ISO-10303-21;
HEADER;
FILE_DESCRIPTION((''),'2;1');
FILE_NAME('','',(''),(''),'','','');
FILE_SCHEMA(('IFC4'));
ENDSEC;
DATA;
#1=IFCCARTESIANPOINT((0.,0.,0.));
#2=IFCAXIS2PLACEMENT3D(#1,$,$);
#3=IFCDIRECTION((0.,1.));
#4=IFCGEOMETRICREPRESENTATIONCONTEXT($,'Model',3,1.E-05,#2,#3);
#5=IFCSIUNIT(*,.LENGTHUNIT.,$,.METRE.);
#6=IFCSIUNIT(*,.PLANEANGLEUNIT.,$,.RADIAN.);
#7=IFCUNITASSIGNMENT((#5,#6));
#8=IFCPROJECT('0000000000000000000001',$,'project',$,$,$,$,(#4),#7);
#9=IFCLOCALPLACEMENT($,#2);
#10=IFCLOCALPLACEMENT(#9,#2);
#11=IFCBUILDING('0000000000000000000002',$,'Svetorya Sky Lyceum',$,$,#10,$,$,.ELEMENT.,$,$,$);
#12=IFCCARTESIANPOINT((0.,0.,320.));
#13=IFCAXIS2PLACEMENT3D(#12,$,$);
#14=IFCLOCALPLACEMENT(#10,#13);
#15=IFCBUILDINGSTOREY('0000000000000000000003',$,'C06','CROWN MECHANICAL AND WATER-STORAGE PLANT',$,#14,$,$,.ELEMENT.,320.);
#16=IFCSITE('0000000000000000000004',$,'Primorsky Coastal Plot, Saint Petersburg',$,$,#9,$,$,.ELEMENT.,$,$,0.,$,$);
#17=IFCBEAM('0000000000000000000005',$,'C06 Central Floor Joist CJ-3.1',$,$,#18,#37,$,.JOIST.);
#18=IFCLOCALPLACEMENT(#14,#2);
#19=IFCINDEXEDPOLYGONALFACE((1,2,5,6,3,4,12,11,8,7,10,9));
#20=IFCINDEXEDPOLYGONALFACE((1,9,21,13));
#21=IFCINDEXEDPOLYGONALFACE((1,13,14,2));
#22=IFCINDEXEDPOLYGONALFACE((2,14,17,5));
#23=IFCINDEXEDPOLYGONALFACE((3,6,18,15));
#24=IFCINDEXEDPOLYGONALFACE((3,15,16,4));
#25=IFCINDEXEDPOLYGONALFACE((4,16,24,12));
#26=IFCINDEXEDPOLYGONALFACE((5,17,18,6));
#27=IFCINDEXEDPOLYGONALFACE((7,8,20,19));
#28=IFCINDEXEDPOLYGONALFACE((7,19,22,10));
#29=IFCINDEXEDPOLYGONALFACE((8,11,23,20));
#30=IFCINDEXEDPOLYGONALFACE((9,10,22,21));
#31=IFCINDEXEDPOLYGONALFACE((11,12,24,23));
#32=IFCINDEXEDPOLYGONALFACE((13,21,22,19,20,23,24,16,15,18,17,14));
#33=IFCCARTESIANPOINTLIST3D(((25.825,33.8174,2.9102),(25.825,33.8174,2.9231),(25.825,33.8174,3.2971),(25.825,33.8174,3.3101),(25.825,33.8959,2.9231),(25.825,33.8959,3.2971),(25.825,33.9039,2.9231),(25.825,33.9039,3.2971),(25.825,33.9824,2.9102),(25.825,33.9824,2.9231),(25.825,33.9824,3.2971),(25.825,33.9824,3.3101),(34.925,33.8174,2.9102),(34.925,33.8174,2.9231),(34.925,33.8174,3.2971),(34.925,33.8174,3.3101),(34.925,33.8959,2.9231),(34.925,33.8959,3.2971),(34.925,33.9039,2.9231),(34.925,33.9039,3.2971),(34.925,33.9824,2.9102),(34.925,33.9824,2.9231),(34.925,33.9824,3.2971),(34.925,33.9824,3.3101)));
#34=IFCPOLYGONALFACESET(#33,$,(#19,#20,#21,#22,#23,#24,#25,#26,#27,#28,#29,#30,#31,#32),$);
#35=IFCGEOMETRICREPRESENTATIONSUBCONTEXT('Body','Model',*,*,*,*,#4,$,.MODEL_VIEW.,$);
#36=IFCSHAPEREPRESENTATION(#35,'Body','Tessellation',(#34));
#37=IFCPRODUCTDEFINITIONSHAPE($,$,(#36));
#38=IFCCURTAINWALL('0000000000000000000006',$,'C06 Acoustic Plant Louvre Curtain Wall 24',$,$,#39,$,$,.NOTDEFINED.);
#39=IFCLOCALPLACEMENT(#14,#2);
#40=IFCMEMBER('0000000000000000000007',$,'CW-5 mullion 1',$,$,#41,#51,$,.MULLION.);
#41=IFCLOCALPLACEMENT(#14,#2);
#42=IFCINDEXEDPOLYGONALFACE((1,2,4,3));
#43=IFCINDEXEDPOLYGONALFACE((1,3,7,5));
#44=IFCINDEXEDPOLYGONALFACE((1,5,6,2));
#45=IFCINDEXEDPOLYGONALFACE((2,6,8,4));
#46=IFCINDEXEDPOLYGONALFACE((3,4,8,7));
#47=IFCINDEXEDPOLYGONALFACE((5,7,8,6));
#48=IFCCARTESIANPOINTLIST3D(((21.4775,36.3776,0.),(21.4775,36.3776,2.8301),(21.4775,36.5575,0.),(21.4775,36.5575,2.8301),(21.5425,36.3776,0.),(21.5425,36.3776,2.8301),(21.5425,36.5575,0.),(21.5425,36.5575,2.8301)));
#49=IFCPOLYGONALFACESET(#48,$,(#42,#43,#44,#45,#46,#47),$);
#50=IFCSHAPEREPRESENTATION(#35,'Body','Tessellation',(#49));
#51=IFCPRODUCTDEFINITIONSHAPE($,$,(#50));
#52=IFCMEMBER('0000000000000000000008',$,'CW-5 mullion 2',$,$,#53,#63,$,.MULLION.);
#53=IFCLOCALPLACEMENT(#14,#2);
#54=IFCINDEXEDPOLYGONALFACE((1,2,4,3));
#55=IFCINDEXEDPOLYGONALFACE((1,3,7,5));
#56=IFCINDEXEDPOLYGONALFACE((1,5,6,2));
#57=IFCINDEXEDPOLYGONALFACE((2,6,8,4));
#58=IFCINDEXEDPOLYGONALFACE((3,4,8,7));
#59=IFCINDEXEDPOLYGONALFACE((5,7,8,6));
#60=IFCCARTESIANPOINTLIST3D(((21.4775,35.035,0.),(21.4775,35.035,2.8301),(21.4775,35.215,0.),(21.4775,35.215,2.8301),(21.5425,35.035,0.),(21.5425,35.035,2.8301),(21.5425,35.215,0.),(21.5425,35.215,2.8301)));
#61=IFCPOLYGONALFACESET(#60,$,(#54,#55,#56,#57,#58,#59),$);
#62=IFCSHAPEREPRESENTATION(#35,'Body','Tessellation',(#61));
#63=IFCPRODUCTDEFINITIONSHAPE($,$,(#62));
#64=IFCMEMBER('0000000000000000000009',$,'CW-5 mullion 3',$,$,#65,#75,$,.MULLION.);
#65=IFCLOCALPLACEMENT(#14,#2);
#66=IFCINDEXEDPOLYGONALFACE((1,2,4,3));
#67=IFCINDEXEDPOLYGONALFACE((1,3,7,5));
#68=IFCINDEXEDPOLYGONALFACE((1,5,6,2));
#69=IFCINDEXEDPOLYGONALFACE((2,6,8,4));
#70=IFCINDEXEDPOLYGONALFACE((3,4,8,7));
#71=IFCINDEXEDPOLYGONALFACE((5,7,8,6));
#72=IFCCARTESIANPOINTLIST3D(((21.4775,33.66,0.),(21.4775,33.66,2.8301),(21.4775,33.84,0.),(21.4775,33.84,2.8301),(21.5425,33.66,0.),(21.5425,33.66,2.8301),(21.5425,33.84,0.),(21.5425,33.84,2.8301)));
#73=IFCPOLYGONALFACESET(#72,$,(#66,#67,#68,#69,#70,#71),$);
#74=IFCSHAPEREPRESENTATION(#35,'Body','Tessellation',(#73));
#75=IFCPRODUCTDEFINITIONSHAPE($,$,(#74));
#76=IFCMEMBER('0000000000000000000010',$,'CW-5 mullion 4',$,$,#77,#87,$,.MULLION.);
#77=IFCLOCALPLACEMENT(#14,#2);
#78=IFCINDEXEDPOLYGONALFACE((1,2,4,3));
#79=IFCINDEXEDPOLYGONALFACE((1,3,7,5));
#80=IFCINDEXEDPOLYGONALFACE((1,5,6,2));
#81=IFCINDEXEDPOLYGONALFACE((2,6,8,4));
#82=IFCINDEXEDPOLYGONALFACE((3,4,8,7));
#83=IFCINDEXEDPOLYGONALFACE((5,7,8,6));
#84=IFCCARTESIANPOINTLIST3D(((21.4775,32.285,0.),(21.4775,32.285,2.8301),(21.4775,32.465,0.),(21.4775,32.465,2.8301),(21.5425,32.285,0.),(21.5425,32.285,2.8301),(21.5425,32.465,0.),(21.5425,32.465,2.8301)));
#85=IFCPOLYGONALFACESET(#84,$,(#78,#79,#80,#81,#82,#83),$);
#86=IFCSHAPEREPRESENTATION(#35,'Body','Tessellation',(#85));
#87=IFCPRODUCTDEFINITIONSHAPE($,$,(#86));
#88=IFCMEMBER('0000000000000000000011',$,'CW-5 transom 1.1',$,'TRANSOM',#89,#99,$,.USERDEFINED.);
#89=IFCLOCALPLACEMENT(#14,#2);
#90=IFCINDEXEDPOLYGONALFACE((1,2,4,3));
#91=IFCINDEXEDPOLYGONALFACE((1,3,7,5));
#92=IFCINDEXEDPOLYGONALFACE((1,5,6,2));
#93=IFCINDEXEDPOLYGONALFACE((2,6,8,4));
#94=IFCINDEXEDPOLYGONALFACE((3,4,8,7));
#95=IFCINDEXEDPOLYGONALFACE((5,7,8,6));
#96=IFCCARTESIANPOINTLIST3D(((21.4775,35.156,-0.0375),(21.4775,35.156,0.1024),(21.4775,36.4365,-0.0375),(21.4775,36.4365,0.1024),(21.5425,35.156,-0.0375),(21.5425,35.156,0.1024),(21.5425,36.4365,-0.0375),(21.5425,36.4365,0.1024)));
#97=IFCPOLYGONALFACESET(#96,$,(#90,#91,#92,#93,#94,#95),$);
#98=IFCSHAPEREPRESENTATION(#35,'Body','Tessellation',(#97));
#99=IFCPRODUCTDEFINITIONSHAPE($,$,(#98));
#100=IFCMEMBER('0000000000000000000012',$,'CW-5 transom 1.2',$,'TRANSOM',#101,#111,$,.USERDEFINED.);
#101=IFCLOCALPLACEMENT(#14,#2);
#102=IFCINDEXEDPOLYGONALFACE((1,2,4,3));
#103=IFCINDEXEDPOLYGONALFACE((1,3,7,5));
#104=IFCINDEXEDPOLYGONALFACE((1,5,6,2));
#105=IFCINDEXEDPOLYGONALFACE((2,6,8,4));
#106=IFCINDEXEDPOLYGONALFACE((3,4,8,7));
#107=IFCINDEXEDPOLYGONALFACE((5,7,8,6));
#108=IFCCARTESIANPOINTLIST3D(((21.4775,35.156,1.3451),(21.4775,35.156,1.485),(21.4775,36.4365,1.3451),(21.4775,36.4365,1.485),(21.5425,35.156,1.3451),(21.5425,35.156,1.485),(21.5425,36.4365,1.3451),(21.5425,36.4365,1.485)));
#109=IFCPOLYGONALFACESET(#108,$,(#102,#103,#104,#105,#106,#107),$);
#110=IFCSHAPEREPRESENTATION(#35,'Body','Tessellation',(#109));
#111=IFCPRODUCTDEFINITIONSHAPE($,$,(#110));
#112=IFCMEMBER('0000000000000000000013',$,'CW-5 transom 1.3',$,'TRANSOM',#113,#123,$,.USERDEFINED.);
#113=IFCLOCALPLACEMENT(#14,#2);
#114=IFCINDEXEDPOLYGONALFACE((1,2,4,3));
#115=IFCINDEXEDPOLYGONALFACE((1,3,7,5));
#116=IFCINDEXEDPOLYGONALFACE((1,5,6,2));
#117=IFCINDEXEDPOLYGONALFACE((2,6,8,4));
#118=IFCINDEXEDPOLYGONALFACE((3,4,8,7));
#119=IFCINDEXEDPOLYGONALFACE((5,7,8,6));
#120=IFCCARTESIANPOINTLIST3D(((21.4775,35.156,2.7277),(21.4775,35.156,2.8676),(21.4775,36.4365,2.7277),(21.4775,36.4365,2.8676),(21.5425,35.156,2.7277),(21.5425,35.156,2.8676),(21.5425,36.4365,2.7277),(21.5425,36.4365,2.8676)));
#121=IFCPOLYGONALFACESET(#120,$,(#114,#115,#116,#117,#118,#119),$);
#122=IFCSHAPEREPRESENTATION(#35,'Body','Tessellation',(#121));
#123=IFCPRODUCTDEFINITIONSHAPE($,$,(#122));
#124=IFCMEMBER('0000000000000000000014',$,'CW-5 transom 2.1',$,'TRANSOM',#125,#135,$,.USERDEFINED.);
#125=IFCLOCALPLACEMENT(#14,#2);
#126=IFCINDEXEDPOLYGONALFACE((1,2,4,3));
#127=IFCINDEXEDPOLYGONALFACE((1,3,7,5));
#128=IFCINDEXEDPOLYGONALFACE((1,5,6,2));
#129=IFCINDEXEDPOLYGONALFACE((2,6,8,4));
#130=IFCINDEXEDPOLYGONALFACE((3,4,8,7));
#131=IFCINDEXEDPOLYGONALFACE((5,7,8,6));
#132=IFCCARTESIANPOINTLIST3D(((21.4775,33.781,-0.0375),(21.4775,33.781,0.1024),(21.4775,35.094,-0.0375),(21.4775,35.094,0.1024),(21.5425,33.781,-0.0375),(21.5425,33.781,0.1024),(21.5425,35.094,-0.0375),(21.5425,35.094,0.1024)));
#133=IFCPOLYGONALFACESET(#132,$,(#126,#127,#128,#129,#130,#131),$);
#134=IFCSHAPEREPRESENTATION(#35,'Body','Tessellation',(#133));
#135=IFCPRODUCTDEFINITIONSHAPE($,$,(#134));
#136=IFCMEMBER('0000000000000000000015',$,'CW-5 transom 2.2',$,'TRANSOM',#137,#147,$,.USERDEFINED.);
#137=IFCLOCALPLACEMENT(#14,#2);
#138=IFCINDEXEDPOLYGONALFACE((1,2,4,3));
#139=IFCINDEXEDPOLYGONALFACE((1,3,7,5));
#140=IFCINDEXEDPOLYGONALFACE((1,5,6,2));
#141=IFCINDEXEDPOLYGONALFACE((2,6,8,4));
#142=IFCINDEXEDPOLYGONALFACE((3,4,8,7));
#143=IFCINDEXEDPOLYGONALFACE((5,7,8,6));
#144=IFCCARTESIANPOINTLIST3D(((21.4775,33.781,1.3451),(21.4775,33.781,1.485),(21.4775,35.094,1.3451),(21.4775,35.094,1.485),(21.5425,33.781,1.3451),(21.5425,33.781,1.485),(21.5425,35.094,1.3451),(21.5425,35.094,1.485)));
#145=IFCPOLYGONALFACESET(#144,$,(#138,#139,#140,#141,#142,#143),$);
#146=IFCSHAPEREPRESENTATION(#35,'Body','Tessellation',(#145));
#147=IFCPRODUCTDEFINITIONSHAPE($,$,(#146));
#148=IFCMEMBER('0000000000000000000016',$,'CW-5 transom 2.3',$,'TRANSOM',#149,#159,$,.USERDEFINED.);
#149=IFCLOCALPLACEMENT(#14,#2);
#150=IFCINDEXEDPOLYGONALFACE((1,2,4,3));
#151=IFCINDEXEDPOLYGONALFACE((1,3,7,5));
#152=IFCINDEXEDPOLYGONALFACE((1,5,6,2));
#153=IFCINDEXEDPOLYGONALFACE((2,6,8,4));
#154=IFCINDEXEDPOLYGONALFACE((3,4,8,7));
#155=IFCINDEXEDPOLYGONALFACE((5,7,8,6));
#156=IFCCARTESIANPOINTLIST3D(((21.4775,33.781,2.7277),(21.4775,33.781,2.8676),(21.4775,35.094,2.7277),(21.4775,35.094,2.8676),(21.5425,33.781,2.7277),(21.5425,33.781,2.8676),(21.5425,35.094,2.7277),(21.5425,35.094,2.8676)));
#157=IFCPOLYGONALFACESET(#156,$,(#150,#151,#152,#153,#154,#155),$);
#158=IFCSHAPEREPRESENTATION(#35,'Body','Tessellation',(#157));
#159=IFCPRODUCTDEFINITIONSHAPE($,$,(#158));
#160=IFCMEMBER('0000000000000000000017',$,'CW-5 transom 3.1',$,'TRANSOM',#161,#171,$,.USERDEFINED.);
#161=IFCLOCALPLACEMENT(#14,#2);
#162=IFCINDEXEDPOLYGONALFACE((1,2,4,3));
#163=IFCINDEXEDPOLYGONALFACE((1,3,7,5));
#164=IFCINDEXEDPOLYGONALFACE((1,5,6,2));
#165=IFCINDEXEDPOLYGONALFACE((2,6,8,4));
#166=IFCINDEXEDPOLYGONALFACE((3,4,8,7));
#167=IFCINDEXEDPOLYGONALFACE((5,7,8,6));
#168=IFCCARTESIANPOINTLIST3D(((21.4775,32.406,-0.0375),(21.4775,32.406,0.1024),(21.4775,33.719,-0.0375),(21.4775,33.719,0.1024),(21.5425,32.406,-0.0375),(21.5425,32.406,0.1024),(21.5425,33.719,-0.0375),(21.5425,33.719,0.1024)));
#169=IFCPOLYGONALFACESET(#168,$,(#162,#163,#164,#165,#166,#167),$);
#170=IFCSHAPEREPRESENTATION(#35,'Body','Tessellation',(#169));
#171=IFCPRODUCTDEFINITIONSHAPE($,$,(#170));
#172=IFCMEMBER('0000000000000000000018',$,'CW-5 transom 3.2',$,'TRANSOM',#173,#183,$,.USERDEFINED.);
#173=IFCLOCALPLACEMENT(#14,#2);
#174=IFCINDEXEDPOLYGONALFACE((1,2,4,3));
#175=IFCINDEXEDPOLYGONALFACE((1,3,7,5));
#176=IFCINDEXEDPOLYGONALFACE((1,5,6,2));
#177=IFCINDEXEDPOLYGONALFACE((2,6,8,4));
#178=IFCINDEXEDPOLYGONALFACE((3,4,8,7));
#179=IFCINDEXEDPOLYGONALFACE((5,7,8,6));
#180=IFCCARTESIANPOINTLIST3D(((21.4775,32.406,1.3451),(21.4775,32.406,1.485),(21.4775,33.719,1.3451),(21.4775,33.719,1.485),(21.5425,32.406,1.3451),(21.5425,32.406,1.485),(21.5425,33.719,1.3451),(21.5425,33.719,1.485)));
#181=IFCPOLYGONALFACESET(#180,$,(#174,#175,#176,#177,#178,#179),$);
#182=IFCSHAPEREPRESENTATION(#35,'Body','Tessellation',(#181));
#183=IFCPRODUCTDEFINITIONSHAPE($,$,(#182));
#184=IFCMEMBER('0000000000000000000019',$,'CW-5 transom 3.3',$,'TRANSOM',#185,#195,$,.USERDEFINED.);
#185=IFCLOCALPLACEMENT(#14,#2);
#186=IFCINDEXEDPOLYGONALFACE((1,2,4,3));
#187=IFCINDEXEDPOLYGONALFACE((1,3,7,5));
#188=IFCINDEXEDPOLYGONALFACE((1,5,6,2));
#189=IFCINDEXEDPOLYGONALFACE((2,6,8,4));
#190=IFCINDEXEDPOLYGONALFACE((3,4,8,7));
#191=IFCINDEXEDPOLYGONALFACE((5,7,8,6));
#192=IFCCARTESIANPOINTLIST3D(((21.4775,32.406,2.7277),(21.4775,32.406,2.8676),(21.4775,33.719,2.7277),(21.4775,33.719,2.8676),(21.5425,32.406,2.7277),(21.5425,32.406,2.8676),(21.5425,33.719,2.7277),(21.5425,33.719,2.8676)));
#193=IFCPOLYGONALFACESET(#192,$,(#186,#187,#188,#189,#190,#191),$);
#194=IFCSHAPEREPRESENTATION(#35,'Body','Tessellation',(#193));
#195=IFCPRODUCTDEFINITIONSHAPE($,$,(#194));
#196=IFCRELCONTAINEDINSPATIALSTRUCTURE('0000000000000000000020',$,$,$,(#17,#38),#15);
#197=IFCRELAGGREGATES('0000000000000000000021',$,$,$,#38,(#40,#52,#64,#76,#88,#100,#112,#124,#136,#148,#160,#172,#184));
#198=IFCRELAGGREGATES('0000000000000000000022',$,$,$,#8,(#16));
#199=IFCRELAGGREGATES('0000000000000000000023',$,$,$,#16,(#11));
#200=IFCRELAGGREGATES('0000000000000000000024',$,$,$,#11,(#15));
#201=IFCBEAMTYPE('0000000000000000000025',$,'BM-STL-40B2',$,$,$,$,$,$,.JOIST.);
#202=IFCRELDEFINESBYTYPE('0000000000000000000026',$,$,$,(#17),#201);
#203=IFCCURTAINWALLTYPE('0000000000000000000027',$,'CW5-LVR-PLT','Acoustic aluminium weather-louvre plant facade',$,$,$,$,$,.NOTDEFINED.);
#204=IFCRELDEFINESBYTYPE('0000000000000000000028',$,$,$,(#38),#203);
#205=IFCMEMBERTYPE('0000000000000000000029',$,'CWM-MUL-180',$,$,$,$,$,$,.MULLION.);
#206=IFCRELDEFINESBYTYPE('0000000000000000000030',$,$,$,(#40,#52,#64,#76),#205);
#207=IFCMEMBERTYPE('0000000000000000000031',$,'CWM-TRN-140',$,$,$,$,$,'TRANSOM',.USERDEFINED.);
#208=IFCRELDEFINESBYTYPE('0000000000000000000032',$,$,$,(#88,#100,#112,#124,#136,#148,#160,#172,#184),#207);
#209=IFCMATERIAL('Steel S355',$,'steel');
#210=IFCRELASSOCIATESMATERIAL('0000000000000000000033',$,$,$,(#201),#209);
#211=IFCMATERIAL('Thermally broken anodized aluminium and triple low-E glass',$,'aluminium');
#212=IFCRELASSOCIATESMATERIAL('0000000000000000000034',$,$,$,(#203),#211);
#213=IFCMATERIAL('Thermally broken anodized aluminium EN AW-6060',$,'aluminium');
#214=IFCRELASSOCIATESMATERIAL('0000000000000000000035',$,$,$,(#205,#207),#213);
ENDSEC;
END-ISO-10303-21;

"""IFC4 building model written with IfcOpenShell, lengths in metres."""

from ifc_helpers import new_model, si_unit, direction, frame, origin, origin_2d, place, context, subcontext, project, spatial, rectangle, i_section, extrude, material, material_profile, profile_set, type_object, element, aggregate, save


model = new_model("IFC4")

# Units and contexts
model_context = context("Model", 3, precision=1e-05, world=origin(), true_north=direction((0.0, 1.0)))
body_context = subcontext(model_context, "Body", "Model", "MODEL_VIEW")
ifc_project = project(units=[si_unit("LENGTHUNIT", "METRE"), si_unit("PLANEANGLEUNIT", "RADIAN")], contexts=[model_context])

# Site, building, storey
site_placement = place(None, origin())
site = spatial("IfcSite", under=ifc_project, at=site_placement, Name="Primorsky Coastal Plot, Saint Petersburg", CompositionType="ELEMENT", RefElevation=0.0)
building_placement = place(site_placement, origin())
building = spatial("IfcBuilding", under=site, at=building_placement, Name="Svetorya Sky Lyceum", CompositionType="ELEMENT")
storey_placement = place(building_placement, frame((0.0, 0.0, 320.0)))
storey = spatial("IfcBuildingStorey", under=building, at=storey_placement, Name="C06", Description="CROWN MECHANICAL AND WATER-STORAGE PLANT", CompositionType="ELEMENT", Elevation=320.0)

# Beam
ifc_material_1 = material(Name="Steel S355", Category="steel")
ifc_material_profile_1 = material_profile(ifc_material_1, i_section(OverallWidth=0.165, OverallDepth=0.3999, WebThickness=0.0081, FlangeThickness=0.0129, at=origin_2d()), Name="GOST 40B2")
ifc_profile_set_1 = profile_set([ifc_material_profile_1], Name="Steel S355")
beam_type = type_object("IfcBeamType", Name="BM-STL-40B2", PredefinedType="JOIST", material=ifc_profile_set_1)
beam_placement = place(storey_placement, frame((25.825, 33.8999, 3.1101), z_axis=(1.0, 0.0, 0.0), x_axis=(0.0, 1.0, 0.0)))
element("IfcBeam", 1, at=beam_placement, inside=storey, type_object=beam_type, Name="C06 Central Floor Joist CJ-3.1", PredefinedType="JOIST", context=body_context, shape_type="SweptSolid", body=[
    extrude(i_section(OverallWidth=0.165, OverallDepth=0.3999, WebThickness=0.0081, FlangeThickness=0.0129, at=origin_2d()), origin(), (0.0, 0.0, 1.0), 9.1001),
])

# Curtain wall, members
ifc_material_2 = material(Name="Thermally broken anodized aluminium and triple low-E glass", Category="aluminium")
curtain_wall_type = type_object("IfcCurtainWallType", Name="CW5-LVR-PLT", Description="Acoustic aluminium weather-louvre plant facade", PredefinedType="NOTDEFINED", material=ifc_material_2)
curtain_wall_placement = place(storey_placement, origin())
curtain_wall = element("IfcCurtainWall", 2, at=curtain_wall_placement, inside=storey, type_object=curtain_wall_type, Name="C06 Acoustic Plant Louvre Curtain Wall 24", PredefinedType="NOTDEFINED")
ifc_material_3 = material(Name="Thermally broken anodized aluminium EN AW-6060", Category="aluminium")
ifc_material_profile_2 = material_profile(ifc_material_3, rectangle(XDim=0.0649, YDim=0.1799, at=origin_2d()), Name="ALU MULLION 65x180")
ifc_profile_set_2 = profile_set([ifc_material_profile_2], Name="Thermally broken anodized aluminium EN AW-6060")
member_type_1 = type_object("IfcMemberType", Name="CWM-MUL-180", PredefinedType="MULLION", material=ifc_profile_set_2)
member_1_placement = place(storey_placement, frame((21.51, 36.4675, 0.0), z_axis=(0.0, 0.0, 1.0), x_axis=(1.0, 0.0, 0.0)))
member_1 = element("IfcMember", 3, at=member_1_placement, type_object=member_type_1, Name="CW-5 mullion 1", PredefinedType="MULLION", context=body_context, shape_type="SweptSolid", body=[
    extrude(rectangle(XDim=0.0649, YDim=0.1799, at=origin_2d()), origin(), (0.0, 0.0, 1.0), 2.8301),
])
member_2_placement = place(storey_placement, frame((21.51, 35.125, 0.0), z_axis=(0.0, 0.0, 1.0), x_axis=(1.0, 0.0, 0.0)))
member_2 = element("IfcMember", 4, at=member_2_placement, type_object=member_type_1, Name="CW-5 mullion 2", PredefinedType="MULLION", context=body_context, shape_type="SweptSolid", body=[
    extrude(rectangle(XDim=0.0649, YDim=0.1799, at=origin_2d()), origin(), (0.0, 0.0, 1.0), 2.8301),
])
member_3_placement = place(storey_placement, frame((21.51, 33.75, 0.0), z_axis=(0.0, 0.0, 1.0), x_axis=(1.0, 0.0, 0.0)))
member_3 = element("IfcMember", 5, at=member_3_placement, type_object=member_type_1, Name="CW-5 mullion 3", PredefinedType="MULLION", context=body_context, shape_type="SweptSolid", body=[
    extrude(rectangle(XDim=0.0649, YDim=0.1799, at=origin_2d()), origin(), (0.0, 0.0, 1.0), 2.8301),
])
member_4_placement = place(storey_placement, frame((21.51, 32.375, 0.0), z_axis=(0.0, 0.0, 1.0), x_axis=(1.0, 0.0, 0.0)))
member_4 = element("IfcMember", 6, at=member_4_placement, type_object=member_type_1, Name="CW-5 mullion 4", PredefinedType="MULLION", context=body_context, shape_type="SweptSolid", body=[
    extrude(rectangle(XDim=0.0649, YDim=0.1799, at=origin_2d()), origin(), (0.0, 0.0, 1.0), 2.8301),
])
ifc_material_profile_3 = material_profile(ifc_material_3, rectangle(XDim=0.0649, YDim=0.1399, at=origin_2d()), Name="ALU TRANSOM 65x140")
ifc_profile_set_3 = profile_set([ifc_material_profile_3], Name="Thermally broken anodized aluminium EN AW-6060")
member_type_2 = type_object("IfcMemberType", Name="CWM-TRN-140", ElementType="TRANSOM", PredefinedType="USERDEFINED", material=ifc_profile_set_3)
member_5_placement = place(storey_placement, frame((21.51, 36.4365, 0.0325), z_axis=(0.0, -1.0, 0.0), x_axis=(1.0, 0.0, 0.0)))
member_5 = element("IfcMember", 7, at=member_5_placement, type_object=member_type_2, Name="CW-5 transom 1.1", ObjectType="TRANSOM", PredefinedType="USERDEFINED", context=body_context, shape_type="SweptSolid", body=[
    extrude(rectangle(XDim=0.0649, YDim=0.1399, at=origin_2d()), origin(), (0.0, 0.0, 1.0), 1.2805),
])
member_6_placement = place(storey_placement, frame((21.51, 36.4365, 1.415), z_axis=(0.0, -1.0, 0.0), x_axis=(1.0, 0.0, 0.0)))
member_6 = element("IfcMember", 8, at=member_6_placement, type_object=member_type_2, Name="CW-5 transom 1.2", ObjectType="TRANSOM", PredefinedType="USERDEFINED", context=body_context, shape_type="SweptSolid", body=[
    extrude(rectangle(XDim=0.0649, YDim=0.1399, at=origin_2d()), origin(), (0.0, 0.0, 1.0), 1.2805),
])
member_7_placement = place(storey_placement, frame((21.51, 36.4365, 2.7976), z_axis=(0.0, -1.0, 0.0), x_axis=(1.0, 0.0, 0.0)))
member_7 = element("IfcMember", 9, at=member_7_placement, type_object=member_type_2, Name="CW-5 transom 1.3", ObjectType="TRANSOM", PredefinedType="USERDEFINED", context=body_context, shape_type="SweptSolid", body=[
    extrude(rectangle(XDim=0.0649, YDim=0.1399, at=origin_2d()), origin(), (0.0, 0.0, 1.0), 1.2805),
])
member_8_placement = place(storey_placement, frame((21.51, 35.094, 0.0325), z_axis=(0.0, -1.0, 0.0), x_axis=(1.0, 0.0, 0.0)))
member_8 = element("IfcMember", 10, at=member_8_placement, type_object=member_type_2, Name="CW-5 transom 2.1", ObjectType="TRANSOM", PredefinedType="USERDEFINED", context=body_context, shape_type="SweptSolid", body=[
    extrude(rectangle(XDim=0.0649, YDim=0.1399, at=origin_2d()), origin(), (0.0, 0.0, 1.0), 1.313),
])
member_9_placement = place(storey_placement, frame((21.51, 35.094, 1.415), z_axis=(0.0, -1.0, 0.0), x_axis=(1.0, 0.0, 0.0)))
member_9 = element("IfcMember", 11, at=member_9_placement, type_object=member_type_2, Name="CW-5 transom 2.2", ObjectType="TRANSOM", PredefinedType="USERDEFINED", context=body_context, shape_type="SweptSolid", body=[
    extrude(rectangle(XDim=0.0649, YDim=0.1399, at=origin_2d()), origin(), (0.0, 0.0, 1.0), 1.313),
])
member_10_placement = place(storey_placement, frame((21.51, 35.094, 2.7976), z_axis=(0.0, -1.0, 0.0), x_axis=(1.0, 0.0, 0.0)))
member_10 = element("IfcMember", 12, at=member_10_placement, type_object=member_type_2, Name="CW-5 transom 2.3", ObjectType="TRANSOM", PredefinedType="USERDEFINED", context=body_context, shape_type="SweptSolid", body=[
    extrude(rectangle(XDim=0.0649, YDim=0.1399, at=origin_2d()), origin(), (0.0, 0.0, 1.0), 1.313),
])
member_11_placement = place(storey_placement, frame((21.51, 33.719, 0.0325), z_axis=(0.0, -1.0, 0.0), x_axis=(1.0, 0.0, 0.0)))
member_11 = element("IfcMember", 13, at=member_11_placement, type_object=member_type_2, Name="CW-5 transom 3.1", ObjectType="TRANSOM", PredefinedType="USERDEFINED", context=body_context, shape_type="SweptSolid", body=[
    extrude(rectangle(XDim=0.0649, YDim=0.1399, at=origin_2d()), origin(), (0.0, 0.0, 1.0), 1.313),
])
member_12_placement = place(storey_placement, frame((21.51, 33.719, 1.415), z_axis=(0.0, -1.0, 0.0), x_axis=(1.0, 0.0, 0.0)))
member_12 = element("IfcMember", 14, at=member_12_placement, type_object=member_type_2, Name="CW-5 transom 3.2", ObjectType="TRANSOM", PredefinedType="USERDEFINED", context=body_context, shape_type="SweptSolid", body=[
    extrude(rectangle(XDim=0.0649, YDim=0.1399, at=origin_2d()), origin(), (0.0, 0.0, 1.0), 1.313),
])
member_13_placement = place(storey_placement, frame((21.51, 33.719, 2.7976), z_axis=(0.0, -1.0, 0.0), x_axis=(1.0, 0.0, 0.0)))
member_13 = element("IfcMember", 15, at=member_13_placement, type_object=member_type_2, Name="CW-5 transom 3.3", ObjectType="TRANSOM", PredefinedType="USERDEFINED", context=body_context, shape_type="SweptSolid", body=[
    extrude(rectangle(XDim=0.0649, YDim=0.1399, at=origin_2d()), origin(), (0.0, 0.0, 1.0), 1.313),
])
aggregate(curtain_wall, [member_1, member_2, member_3, member_4, member_5, member_6, member_7, member_8, member_9, member_10, member_11, member_12, member_13])

save(model, "model.ifc")
